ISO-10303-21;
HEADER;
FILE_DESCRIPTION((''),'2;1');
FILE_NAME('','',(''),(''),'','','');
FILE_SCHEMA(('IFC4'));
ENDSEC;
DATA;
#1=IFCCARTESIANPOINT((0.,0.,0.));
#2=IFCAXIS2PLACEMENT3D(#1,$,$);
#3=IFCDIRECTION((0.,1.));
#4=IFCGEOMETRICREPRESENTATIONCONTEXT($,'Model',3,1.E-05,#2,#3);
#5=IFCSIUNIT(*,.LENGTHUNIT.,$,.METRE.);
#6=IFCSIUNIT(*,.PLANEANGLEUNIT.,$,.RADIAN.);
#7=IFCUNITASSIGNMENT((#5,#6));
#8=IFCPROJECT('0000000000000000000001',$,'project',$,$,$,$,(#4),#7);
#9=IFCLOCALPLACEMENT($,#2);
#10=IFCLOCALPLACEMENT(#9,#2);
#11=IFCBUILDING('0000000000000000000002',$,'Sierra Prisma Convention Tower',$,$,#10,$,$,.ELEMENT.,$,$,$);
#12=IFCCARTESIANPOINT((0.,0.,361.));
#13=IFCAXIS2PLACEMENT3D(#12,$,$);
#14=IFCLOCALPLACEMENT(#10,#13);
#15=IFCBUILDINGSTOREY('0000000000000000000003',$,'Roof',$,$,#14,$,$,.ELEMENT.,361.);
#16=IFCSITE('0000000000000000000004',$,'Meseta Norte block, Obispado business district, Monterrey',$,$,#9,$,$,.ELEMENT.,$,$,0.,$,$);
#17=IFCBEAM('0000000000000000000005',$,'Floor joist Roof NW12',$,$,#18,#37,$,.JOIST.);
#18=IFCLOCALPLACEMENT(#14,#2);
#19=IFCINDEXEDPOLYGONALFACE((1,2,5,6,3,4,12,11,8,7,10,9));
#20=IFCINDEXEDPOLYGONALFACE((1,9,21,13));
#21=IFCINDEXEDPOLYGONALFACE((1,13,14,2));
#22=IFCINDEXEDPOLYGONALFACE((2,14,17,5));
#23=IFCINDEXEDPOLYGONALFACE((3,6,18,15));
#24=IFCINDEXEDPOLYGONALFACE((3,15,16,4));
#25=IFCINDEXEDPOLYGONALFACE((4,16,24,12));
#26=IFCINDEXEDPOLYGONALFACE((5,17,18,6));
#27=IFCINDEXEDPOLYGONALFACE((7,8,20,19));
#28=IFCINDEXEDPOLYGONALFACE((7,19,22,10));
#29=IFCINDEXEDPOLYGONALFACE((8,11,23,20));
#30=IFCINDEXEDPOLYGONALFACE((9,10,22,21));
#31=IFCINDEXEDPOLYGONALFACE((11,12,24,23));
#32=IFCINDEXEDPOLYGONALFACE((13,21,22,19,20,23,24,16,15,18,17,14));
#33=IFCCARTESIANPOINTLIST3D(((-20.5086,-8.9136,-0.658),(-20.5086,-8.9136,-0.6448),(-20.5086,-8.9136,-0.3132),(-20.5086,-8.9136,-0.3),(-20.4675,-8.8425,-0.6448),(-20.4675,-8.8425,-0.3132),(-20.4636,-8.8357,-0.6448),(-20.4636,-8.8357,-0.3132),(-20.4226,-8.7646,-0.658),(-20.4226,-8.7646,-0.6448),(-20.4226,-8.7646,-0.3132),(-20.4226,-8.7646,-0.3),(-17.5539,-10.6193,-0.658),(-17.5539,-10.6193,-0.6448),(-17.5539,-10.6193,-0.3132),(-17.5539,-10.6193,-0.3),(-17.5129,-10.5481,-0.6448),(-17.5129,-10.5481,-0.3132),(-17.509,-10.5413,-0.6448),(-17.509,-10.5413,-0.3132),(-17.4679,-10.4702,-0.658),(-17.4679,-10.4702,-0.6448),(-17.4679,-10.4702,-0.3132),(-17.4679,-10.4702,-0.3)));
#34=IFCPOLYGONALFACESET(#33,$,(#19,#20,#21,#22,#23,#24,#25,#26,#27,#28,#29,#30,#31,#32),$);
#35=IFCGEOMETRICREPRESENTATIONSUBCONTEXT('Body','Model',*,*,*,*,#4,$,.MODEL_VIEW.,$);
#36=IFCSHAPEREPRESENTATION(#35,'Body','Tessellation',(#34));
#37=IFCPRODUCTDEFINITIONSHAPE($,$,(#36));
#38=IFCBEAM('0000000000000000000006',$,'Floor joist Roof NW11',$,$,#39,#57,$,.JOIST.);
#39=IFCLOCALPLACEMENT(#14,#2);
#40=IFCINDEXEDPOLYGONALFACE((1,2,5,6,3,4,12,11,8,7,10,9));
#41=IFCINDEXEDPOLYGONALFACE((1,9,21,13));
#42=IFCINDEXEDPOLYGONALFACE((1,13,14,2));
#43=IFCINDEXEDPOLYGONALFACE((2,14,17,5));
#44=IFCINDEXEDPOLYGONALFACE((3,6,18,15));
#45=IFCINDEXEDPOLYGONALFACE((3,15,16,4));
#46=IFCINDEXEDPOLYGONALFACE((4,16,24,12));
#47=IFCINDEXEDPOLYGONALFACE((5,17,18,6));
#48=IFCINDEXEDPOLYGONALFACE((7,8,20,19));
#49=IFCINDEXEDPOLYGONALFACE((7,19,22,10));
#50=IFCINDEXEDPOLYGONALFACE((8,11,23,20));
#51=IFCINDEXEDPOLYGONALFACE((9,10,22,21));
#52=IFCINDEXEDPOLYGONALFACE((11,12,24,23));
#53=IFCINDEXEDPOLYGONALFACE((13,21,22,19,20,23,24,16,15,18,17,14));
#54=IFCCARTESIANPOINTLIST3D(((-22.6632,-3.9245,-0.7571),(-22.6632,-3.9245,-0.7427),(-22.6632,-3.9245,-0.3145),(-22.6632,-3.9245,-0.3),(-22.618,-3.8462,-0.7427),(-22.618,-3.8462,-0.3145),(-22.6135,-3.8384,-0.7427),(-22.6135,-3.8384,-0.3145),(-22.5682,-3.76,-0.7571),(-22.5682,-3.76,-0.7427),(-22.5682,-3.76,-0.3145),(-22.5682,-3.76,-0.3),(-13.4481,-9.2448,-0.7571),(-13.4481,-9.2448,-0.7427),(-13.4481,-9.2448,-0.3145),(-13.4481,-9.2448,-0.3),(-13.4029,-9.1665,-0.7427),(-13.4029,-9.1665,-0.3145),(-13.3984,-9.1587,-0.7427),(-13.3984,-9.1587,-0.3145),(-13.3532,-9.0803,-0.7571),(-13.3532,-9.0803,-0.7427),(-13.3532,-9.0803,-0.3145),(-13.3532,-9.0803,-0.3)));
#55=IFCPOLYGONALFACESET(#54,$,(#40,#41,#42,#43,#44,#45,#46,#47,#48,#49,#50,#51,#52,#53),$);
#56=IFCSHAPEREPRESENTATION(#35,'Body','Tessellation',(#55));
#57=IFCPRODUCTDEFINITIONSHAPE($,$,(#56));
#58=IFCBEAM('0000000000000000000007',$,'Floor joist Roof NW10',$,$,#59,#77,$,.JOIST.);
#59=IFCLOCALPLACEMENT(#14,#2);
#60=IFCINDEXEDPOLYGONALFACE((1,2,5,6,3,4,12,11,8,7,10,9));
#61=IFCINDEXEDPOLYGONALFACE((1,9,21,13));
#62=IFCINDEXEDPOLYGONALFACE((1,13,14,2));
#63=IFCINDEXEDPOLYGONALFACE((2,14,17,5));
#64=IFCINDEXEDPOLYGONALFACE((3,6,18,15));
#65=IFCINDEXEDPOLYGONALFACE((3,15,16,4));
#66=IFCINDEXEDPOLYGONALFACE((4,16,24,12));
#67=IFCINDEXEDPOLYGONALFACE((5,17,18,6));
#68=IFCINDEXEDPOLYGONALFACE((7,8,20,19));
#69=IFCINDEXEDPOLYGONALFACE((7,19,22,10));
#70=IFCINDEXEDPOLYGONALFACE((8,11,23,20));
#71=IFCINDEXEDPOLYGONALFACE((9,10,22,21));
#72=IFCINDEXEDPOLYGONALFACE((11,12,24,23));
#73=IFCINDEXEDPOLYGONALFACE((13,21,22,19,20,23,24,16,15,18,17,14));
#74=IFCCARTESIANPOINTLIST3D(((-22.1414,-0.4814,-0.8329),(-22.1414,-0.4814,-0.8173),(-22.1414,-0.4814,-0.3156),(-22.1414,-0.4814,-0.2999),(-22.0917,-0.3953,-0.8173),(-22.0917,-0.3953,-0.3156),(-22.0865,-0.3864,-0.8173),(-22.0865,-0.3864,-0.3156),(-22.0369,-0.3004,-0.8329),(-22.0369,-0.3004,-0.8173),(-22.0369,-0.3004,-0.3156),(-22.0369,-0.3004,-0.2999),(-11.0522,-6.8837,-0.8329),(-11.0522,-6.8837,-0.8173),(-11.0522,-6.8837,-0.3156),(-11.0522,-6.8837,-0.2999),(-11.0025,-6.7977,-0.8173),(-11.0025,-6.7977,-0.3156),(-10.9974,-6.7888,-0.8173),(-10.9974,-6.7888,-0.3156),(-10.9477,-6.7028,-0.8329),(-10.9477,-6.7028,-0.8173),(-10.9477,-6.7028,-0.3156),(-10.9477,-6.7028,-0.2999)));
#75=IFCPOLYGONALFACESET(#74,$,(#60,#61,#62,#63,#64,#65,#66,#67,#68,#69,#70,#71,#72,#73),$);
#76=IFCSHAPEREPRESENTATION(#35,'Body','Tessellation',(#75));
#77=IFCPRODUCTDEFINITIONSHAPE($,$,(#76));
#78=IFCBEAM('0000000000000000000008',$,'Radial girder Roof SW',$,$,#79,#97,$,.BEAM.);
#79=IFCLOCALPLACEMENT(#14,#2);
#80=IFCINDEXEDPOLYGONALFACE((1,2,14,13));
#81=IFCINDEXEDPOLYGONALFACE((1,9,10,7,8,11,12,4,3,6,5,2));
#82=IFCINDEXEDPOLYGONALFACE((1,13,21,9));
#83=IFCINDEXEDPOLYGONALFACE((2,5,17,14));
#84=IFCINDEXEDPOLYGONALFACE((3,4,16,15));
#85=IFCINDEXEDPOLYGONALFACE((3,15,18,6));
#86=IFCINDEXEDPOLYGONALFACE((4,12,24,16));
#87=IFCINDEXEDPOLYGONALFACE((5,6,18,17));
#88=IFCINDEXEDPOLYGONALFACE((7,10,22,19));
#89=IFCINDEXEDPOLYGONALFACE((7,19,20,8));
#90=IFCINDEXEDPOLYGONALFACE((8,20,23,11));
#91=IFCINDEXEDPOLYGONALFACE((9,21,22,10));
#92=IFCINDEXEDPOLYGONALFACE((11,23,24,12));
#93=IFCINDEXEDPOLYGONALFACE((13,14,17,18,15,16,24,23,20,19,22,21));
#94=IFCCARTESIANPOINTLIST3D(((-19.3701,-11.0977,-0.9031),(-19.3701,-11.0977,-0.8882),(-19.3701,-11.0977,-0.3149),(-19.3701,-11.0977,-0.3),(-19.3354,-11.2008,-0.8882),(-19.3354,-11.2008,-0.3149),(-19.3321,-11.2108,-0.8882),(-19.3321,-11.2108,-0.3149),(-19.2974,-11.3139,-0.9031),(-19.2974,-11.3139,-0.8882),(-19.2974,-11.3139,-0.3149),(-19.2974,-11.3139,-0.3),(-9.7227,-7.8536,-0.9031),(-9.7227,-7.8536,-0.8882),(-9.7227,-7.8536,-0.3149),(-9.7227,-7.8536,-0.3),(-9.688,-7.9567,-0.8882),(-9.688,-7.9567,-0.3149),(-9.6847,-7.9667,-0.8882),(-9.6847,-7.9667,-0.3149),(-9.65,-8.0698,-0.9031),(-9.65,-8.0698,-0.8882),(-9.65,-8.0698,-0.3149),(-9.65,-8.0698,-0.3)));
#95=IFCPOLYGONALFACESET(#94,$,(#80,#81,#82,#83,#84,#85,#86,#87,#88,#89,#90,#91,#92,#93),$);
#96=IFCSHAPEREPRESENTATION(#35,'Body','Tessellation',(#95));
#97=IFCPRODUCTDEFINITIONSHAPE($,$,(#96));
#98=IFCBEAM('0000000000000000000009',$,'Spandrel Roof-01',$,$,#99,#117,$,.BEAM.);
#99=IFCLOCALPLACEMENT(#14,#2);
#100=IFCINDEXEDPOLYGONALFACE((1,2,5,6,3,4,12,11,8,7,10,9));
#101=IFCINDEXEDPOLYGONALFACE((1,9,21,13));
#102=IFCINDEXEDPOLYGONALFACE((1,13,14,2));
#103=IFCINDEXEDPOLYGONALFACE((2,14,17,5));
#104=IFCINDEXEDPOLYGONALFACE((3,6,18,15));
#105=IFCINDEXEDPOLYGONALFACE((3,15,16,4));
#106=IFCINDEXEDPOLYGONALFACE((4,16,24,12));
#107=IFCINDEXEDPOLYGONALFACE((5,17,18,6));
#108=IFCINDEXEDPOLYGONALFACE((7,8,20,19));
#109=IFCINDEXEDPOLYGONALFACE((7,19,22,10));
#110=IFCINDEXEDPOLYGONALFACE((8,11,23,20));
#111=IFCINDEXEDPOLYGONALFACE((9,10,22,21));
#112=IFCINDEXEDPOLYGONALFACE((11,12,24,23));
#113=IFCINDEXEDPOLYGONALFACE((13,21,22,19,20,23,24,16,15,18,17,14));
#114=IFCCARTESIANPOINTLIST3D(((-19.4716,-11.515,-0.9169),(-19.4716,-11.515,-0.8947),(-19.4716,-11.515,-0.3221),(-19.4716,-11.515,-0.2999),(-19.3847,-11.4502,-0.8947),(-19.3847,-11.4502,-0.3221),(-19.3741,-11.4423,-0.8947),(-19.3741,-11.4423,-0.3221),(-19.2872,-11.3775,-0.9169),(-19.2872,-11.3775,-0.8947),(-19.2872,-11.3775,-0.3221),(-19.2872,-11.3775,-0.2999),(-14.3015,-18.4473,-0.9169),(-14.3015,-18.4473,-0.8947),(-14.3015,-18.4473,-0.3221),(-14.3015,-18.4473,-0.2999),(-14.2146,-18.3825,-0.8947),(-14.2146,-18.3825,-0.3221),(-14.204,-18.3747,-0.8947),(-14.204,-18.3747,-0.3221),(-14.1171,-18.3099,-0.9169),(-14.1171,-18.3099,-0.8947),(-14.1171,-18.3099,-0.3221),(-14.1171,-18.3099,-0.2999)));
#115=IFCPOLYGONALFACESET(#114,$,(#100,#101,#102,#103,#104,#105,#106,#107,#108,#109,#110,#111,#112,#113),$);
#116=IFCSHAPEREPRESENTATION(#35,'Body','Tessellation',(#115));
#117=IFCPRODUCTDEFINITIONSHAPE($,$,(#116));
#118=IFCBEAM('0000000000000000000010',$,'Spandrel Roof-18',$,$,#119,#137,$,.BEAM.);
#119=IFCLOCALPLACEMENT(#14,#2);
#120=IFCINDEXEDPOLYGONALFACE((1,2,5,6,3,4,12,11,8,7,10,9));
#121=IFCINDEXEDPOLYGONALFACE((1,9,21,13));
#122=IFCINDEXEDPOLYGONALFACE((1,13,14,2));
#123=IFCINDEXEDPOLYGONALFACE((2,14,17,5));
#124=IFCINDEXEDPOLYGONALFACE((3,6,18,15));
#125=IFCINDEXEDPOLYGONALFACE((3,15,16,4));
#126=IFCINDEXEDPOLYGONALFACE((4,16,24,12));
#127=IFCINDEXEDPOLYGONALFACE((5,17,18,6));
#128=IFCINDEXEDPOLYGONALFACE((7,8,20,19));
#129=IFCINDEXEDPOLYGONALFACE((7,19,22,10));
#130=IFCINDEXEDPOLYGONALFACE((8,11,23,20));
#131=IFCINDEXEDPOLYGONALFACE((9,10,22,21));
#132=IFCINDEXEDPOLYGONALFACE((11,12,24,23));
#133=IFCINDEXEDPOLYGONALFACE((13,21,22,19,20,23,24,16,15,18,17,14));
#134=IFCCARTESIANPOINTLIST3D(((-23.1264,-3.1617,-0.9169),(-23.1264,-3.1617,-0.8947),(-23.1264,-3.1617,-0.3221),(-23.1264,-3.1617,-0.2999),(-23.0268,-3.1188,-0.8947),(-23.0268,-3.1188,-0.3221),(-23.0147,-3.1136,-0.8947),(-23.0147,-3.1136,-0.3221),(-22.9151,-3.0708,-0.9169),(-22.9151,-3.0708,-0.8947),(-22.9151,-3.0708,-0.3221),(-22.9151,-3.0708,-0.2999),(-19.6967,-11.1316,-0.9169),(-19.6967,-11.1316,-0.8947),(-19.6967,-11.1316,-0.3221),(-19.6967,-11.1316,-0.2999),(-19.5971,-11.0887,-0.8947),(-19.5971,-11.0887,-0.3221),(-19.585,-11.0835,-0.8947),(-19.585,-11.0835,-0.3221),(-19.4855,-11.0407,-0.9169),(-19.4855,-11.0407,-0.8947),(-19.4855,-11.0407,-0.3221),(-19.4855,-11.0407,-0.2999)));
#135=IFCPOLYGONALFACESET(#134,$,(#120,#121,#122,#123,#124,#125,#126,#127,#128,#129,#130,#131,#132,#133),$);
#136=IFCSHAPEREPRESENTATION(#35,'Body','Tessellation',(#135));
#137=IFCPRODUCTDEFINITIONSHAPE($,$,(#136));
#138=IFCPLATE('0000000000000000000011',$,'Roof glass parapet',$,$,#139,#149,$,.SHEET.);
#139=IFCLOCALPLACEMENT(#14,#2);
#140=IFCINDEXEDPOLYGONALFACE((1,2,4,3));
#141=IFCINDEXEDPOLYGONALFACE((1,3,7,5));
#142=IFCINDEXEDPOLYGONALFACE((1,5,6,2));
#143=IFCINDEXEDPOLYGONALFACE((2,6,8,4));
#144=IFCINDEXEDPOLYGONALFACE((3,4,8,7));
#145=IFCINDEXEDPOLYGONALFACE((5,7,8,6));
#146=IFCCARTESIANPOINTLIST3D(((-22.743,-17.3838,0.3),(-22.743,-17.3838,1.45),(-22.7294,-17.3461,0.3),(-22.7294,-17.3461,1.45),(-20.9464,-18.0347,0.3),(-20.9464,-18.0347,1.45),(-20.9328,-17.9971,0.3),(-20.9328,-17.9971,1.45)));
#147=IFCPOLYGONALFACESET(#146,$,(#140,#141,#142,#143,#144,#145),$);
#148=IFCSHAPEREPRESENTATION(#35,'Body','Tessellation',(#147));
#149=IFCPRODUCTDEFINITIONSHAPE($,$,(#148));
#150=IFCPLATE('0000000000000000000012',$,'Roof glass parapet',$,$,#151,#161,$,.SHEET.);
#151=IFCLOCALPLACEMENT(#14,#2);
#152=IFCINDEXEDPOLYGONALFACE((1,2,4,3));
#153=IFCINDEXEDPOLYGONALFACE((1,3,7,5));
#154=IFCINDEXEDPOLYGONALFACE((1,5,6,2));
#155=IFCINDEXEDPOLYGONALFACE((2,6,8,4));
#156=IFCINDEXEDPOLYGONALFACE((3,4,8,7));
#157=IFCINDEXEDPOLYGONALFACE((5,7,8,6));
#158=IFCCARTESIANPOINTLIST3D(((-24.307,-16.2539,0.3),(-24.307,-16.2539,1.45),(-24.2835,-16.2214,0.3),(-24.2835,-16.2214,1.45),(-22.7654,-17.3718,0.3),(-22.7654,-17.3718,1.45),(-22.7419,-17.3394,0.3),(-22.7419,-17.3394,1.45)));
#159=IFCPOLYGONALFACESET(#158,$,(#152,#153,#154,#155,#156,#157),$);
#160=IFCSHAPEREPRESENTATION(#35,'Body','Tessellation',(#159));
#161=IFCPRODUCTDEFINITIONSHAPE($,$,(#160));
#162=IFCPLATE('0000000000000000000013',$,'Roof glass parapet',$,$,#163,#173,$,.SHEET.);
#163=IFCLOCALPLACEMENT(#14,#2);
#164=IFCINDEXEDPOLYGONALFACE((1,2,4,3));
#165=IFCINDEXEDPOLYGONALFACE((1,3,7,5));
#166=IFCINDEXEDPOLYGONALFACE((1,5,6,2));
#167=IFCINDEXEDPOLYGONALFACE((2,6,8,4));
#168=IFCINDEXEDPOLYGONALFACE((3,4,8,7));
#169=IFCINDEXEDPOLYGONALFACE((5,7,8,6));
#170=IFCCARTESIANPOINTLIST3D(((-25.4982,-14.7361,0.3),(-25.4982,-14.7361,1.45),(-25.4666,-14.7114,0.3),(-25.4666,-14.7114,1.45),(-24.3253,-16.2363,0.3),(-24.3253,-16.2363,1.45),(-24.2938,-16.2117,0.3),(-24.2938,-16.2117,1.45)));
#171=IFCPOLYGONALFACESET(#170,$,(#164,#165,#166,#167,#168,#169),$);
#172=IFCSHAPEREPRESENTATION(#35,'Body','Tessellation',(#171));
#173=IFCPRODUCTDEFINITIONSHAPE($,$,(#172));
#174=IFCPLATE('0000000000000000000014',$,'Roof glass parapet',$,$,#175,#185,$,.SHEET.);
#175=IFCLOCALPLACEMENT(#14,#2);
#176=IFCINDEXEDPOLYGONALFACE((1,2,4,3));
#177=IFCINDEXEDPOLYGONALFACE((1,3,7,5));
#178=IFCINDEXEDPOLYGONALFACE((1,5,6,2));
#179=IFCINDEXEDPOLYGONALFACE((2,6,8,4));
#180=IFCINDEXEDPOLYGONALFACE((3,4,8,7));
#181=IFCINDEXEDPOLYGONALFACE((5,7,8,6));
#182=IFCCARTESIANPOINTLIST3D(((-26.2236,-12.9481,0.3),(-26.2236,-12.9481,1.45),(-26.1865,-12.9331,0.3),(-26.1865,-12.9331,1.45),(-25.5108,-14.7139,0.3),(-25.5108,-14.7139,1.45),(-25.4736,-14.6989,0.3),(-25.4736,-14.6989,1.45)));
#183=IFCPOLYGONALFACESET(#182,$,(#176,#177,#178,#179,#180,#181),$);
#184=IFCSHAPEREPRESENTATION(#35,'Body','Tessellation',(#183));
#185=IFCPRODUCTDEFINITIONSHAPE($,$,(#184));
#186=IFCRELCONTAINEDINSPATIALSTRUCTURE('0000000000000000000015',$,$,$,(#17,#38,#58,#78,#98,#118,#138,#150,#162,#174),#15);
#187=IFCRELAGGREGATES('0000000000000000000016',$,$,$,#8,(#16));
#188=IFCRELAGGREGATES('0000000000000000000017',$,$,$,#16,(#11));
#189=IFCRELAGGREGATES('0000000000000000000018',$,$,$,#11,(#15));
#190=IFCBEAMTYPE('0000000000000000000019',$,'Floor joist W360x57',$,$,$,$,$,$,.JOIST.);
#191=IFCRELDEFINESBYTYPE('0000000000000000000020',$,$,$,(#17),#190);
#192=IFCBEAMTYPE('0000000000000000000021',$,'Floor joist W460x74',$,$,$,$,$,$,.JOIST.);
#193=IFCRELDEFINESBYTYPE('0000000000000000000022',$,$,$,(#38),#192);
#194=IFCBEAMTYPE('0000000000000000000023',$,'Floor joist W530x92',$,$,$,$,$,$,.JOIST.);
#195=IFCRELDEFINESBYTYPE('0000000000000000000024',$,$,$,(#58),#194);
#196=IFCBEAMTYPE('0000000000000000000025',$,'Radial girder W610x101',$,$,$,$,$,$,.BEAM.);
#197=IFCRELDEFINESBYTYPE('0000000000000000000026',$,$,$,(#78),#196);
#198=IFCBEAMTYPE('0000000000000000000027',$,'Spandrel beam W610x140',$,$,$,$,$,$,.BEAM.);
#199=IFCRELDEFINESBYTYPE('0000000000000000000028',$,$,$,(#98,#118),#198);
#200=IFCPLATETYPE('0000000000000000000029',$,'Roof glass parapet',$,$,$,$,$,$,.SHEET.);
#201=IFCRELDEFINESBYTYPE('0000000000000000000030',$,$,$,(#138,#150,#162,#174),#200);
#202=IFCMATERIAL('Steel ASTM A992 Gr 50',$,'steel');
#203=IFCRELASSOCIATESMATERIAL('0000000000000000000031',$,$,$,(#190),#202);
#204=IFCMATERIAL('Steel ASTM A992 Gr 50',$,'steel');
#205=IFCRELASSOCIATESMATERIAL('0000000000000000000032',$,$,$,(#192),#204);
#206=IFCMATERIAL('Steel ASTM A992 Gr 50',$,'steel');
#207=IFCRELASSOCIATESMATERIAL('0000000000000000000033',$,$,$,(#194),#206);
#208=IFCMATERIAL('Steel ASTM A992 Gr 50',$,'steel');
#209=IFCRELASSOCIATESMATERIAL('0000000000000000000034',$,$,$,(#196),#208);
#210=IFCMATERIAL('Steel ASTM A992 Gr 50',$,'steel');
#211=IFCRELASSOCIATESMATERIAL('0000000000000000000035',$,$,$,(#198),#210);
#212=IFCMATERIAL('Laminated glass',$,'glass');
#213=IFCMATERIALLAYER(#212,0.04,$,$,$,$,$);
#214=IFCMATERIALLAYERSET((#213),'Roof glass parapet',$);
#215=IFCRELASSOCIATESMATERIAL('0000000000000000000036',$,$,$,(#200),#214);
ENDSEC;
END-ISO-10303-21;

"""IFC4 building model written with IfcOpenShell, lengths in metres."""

from ifc_helpers import new_model, si_unit, direction, frame, origin, origin_2d, place, context, subcontext, project, spatial, rectangle, i_section, extrude, material, layer, layer_set, material_profile, profile_set, type_object, element, save


model = new_model("IFC4")

# Units and contexts
model_context = context("Model", 3, precision=1e-05, world=origin(), true_north=direction((0.0, 1.0)))
body_context = subcontext(model_context, "Body", "Model", "MODEL_VIEW")
ifc_project = project(units=[si_unit("LENGTHUNIT", "METRE"), si_unit("PLANEANGLEUNIT", "RADIAN")], contexts=[model_context])

# Site, building, storey
site_placement = place(None, origin())
site = spatial("IfcSite", under=ifc_project, at=site_placement, Name="Meseta Norte block, Obispado business district, Monterrey", CompositionType="ELEMENT", RefElevation=0.0)
building_placement = place(site_placement, origin())
building = spatial("IfcBuilding", under=site, at=building_placement, Name="Sierra Prisma Convention Tower", CompositionType="ELEMENT")
storey_placement = place(building_placement, frame((0.0, 0.0, 361.0)))
storey = spatial("IfcBuildingStorey", under=building, at=storey_placement, Name="Roof", CompositionType="ELEMENT", Elevation=361.0)

# Beams
ifc_material_1 = material(Name="Steel ASTM A992 Gr 50", Category="steel")
ifc_material_profile_1 = material_profile(ifc_material_1, i_section(OverallWidth=0.1721, OverallDepth=0.3579, WebThickness=0.0078, FlangeThickness=0.0132, at=origin_2d()), Name="W360x57")
ifc_profile_set_1 = profile_set([ifc_material_profile_1], Name="Steel ASTM A992 Gr 50")
beam_type_1 = type_object("IfcBeamType", Name="Floor joist W360x57", PredefinedType="JOIST", material=ifc_profile_set_1)
beam_1_placement = place(storey_placement, frame((-20.4656, -8.8391, -0.479), z_axis=(0.866059, -0.499941, 0.0), x_axis=(0.499941, 0.866059, 0.0)))
element("IfcBeam", 1, at=beam_1_placement, inside=storey, type_object=beam_type_1, Name="Floor joist Roof NW12", PredefinedType="JOIST", context=body_context, shape_type="SweptSolid", body=[
    extrude(i_section(OverallWidth=0.1721, OverallDepth=0.3579, WebThickness=0.0078, FlangeThickness=0.0132, at=origin_2d()), origin(), (0.0, 0.0, 1.0), 3.4116),
])
ifc_material_2 = material(Name="Steel ASTM A992 Gr 50", Category="steel")
ifc_material_profile_2 = material_profile(ifc_material_2, i_section(OverallWidth=0.1899, OverallDepth=0.457, WebThickness=0.009, FlangeThickness=0.0144, at=origin_2d()), Name="W460x74")
ifc_profile_set_2 = profile_set([ifc_material_profile_2], Name="Steel ASTM A992 Gr 50")
beam_type_2 = type_object("IfcBeamType", Name="Floor joist W460x74", PredefinedType="JOIST", material=ifc_profile_set_2)
beam_2_placement = place(storey_placement, frame((-22.6157, -3.8423, -0.5286), z_axis=(0.866026, -0.499999, 0.0), x_axis=(0.499999, 0.866026, 0.0)))
element("IfcBeam", 2, at=beam_2_placement, inside=storey, type_object=beam_type_2, Name="Floor joist Roof NW11", PredefinedType="JOIST", context=body_context, shape_type="SweptSolid", body=[
    extrude(i_section(OverallWidth=0.1899, OverallDepth=0.457, WebThickness=0.009, FlangeThickness=0.0144, at=origin_2d()), origin(), (0.0, 0.0, 1.0), 10.6406),
])
ifc_material_3 = material(Name="Steel ASTM A992 Gr 50", Category="steel")
ifc_material_profile_3 = material_profile(ifc_material_3, i_section(OverallWidth=0.209, OverallDepth=0.533, WebThickness=0.0103, FlangeThickness=0.0156, at=origin_2d()), Name="W530x92")
ifc_profile_set_3 = profile_set([ifc_material_profile_3], Name="Steel ASTM A992 Gr 50")
beam_type_3 = type_object("IfcBeamType", Name="Floor joist W530x92", PredefinedType="JOIST", material=ifc_profile_set_3)
beam_3_placement = place(storey_placement, frame((-22.0891, -0.3909, -0.5664), z_axis=(0.866024, -0.500002, 0.0), x_axis=(0.500002, 0.866024, 0.0)))
element("IfcBeam", 3, at=beam_3_placement, inside=storey, type_object=beam_type_3, Name="Floor joist Roof NW10", PredefinedType="JOIST", context=body_context, shape_type="SweptSolid", body=[
    extrude(i_section(OverallWidth=0.209, OverallDepth=0.533, WebThickness=0.0103, FlangeThickness=0.0156, at=origin_2d()), origin(), (0.0, 0.0, 1.0), 12.8047),
])
ifc_material_4 = material(Name="Steel ASTM A992 Gr 50", Category="steel")
ifc_material_profile_4 = material_profile(ifc_material_4, i_section(OverallWidth=0.228, OverallDepth=0.603, WebThickness=0.0105, FlangeThickness=0.0149, at=origin_2d()), Name="W610x101")
ifc_profile_set_4 = profile_set([ifc_material_profile_4], Name="Steel ASTM A992 Gr 50")
beam_type_4 = type_object("IfcBeamType", Name="Radial girder W610x101", PredefinedType="BEAM", material=ifc_profile_set_4)
beam_4_placement = place(storey_placement, frame((-19.3337, -11.2058, -0.6016), z_axis=(0.947845, 0.318731, 0.0), x_axis=(-0.318731, 0.947845, 0.0)))
element("IfcBeam", 4, at=beam_4_placement, inside=storey, type_object=beam_type_4, Name="Radial girder Roof SW", PredefinedType="BEAM", context=body_context, shape_type="SweptSolid", body=[
    extrude(i_section(OverallWidth=0.228, OverallDepth=0.603, WebThickness=0.0105, FlangeThickness=0.0149, at=origin_2d()), origin(), (0.0, 0.0, 1.0), 10.1782),
])
ifc_material_5 = material(Name="Steel ASTM A992 Gr 50", Category="steel")
ifc_material_profile_5 = material_profile(ifc_material_5, i_section(OverallWidth=0.23, OverallDepth=0.6169, WebThickness=0.0132, FlangeThickness=0.0222, at=origin_2d()), Name="W610x140")
ifc_profile_set_5 = profile_set([ifc_material_profile_5], Name="Steel ASTM A992 Gr 50")
beam_type_5 = type_object("IfcBeamType", Name="Spandrel beam W610x140", PredefinedType="BEAM", material=ifc_profile_set_5)
beam_5_placement = place(storey_placement, frame((-19.3794, -11.4463, -0.6084), z_axis=(0.597843, -0.801613, 0.0), x_axis=(0.801613, 0.597843, 0.0)))
element("IfcBeam", 5, at=beam_5_placement, inside=storey, type_object=beam_type_5, Name="Spandrel Roof-01", PredefinedType="BEAM", context=body_context, shape_type="SweptSolid", body=[
    extrude(i_section(OverallWidth=0.23, OverallDepth=0.6169, WebThickness=0.0132, FlangeThickness=0.0222, at=origin_2d()), origin(), (0.0, 0.0, 1.0), 8.6479),
])
beam_6_placement = place(storey_placement, frame((-23.0208, -3.1162, -0.6084), z_axis=(0.395281, -0.91856, 0.0), x_axis=(0.91856, 0.395281, 0.0)))
element("IfcBeam", 6, at=beam_6_placement, inside=storey, type_object=beam_type_5, Name="Spandrel Roof-18", PredefinedType="BEAM", context=body_context, shape_type="SweptSolid", body=[
    extrude(i_section(OverallWidth=0.23, OverallDepth=0.6169, WebThickness=0.0132, FlangeThickness=0.0222, at=origin_2d()), origin(), (0.0, 0.0, 1.0), 8.6765),
])

# Plates
ifc_material_6 = material(Name="Laminated glass", Category="glass")
ifc_layer = layer(ifc_material_6, 0.04)
ifc_layer_set = layer_set([ifc_layer], Name="Roof glass parapet")
plate_type = type_object("IfcPlateType", Name="Roof glass parapet", PredefinedType="SHEET", material=ifc_layer_set)
plate_1_placement = place(storey_placement, frame((-21.8379, -17.6904, 0.3), z_axis=(0.0, 0.0, 1.0), x_axis=(-0.940189, 0.340652, 0.0)))
element("IfcPlate", 7, at=plate_1_placement, inside=storey, type_object=plate_type, Name="Roof glass parapet", PredefinedType="SHEET", context=body_context, shape_type="SweptSolid", body=[
    extrude(rectangle(XDim=1.9109, YDim=0.04, at=origin_2d()), origin(), (0.0, 0.0, 1.0), 1.1499),
])
for number, where, z_axis, x_axis, name in (
    (8, (-23.5244, -16.7966, 0.3), (0.0, 0.0, 1.0), (-0.80953, 0.587079, 0.0), "Roof glass parapet"),
    (9, (-24.896, -15.4739, 0.3), (0.0, 0.0, 1.0), (-0.615891, 0.787831, 0.0), "Roof glass parapet"),
    (10, (-25.8486, -13.8235, 0.3), (0.0, 0.0, 1.0), (-0.374336, 0.927293, 0.0), "Roof glass parapet"),
):
    element("IfcPlate", number, at=place(storey_placement, frame(where, z_axis=z_axis, x_axis=x_axis)), inside=storey, type_object=plate_type, Name=name, PredefinedType="SHEET", context=body_context, shape_type="SweptSolid", body=[
        extrude(rectangle(XDim=1.9043, YDim=0.04, at=origin_2d()), origin(), (0.0, 0.0, 1.0), 1.1499),
    ])

save(model, "model.ifc")
